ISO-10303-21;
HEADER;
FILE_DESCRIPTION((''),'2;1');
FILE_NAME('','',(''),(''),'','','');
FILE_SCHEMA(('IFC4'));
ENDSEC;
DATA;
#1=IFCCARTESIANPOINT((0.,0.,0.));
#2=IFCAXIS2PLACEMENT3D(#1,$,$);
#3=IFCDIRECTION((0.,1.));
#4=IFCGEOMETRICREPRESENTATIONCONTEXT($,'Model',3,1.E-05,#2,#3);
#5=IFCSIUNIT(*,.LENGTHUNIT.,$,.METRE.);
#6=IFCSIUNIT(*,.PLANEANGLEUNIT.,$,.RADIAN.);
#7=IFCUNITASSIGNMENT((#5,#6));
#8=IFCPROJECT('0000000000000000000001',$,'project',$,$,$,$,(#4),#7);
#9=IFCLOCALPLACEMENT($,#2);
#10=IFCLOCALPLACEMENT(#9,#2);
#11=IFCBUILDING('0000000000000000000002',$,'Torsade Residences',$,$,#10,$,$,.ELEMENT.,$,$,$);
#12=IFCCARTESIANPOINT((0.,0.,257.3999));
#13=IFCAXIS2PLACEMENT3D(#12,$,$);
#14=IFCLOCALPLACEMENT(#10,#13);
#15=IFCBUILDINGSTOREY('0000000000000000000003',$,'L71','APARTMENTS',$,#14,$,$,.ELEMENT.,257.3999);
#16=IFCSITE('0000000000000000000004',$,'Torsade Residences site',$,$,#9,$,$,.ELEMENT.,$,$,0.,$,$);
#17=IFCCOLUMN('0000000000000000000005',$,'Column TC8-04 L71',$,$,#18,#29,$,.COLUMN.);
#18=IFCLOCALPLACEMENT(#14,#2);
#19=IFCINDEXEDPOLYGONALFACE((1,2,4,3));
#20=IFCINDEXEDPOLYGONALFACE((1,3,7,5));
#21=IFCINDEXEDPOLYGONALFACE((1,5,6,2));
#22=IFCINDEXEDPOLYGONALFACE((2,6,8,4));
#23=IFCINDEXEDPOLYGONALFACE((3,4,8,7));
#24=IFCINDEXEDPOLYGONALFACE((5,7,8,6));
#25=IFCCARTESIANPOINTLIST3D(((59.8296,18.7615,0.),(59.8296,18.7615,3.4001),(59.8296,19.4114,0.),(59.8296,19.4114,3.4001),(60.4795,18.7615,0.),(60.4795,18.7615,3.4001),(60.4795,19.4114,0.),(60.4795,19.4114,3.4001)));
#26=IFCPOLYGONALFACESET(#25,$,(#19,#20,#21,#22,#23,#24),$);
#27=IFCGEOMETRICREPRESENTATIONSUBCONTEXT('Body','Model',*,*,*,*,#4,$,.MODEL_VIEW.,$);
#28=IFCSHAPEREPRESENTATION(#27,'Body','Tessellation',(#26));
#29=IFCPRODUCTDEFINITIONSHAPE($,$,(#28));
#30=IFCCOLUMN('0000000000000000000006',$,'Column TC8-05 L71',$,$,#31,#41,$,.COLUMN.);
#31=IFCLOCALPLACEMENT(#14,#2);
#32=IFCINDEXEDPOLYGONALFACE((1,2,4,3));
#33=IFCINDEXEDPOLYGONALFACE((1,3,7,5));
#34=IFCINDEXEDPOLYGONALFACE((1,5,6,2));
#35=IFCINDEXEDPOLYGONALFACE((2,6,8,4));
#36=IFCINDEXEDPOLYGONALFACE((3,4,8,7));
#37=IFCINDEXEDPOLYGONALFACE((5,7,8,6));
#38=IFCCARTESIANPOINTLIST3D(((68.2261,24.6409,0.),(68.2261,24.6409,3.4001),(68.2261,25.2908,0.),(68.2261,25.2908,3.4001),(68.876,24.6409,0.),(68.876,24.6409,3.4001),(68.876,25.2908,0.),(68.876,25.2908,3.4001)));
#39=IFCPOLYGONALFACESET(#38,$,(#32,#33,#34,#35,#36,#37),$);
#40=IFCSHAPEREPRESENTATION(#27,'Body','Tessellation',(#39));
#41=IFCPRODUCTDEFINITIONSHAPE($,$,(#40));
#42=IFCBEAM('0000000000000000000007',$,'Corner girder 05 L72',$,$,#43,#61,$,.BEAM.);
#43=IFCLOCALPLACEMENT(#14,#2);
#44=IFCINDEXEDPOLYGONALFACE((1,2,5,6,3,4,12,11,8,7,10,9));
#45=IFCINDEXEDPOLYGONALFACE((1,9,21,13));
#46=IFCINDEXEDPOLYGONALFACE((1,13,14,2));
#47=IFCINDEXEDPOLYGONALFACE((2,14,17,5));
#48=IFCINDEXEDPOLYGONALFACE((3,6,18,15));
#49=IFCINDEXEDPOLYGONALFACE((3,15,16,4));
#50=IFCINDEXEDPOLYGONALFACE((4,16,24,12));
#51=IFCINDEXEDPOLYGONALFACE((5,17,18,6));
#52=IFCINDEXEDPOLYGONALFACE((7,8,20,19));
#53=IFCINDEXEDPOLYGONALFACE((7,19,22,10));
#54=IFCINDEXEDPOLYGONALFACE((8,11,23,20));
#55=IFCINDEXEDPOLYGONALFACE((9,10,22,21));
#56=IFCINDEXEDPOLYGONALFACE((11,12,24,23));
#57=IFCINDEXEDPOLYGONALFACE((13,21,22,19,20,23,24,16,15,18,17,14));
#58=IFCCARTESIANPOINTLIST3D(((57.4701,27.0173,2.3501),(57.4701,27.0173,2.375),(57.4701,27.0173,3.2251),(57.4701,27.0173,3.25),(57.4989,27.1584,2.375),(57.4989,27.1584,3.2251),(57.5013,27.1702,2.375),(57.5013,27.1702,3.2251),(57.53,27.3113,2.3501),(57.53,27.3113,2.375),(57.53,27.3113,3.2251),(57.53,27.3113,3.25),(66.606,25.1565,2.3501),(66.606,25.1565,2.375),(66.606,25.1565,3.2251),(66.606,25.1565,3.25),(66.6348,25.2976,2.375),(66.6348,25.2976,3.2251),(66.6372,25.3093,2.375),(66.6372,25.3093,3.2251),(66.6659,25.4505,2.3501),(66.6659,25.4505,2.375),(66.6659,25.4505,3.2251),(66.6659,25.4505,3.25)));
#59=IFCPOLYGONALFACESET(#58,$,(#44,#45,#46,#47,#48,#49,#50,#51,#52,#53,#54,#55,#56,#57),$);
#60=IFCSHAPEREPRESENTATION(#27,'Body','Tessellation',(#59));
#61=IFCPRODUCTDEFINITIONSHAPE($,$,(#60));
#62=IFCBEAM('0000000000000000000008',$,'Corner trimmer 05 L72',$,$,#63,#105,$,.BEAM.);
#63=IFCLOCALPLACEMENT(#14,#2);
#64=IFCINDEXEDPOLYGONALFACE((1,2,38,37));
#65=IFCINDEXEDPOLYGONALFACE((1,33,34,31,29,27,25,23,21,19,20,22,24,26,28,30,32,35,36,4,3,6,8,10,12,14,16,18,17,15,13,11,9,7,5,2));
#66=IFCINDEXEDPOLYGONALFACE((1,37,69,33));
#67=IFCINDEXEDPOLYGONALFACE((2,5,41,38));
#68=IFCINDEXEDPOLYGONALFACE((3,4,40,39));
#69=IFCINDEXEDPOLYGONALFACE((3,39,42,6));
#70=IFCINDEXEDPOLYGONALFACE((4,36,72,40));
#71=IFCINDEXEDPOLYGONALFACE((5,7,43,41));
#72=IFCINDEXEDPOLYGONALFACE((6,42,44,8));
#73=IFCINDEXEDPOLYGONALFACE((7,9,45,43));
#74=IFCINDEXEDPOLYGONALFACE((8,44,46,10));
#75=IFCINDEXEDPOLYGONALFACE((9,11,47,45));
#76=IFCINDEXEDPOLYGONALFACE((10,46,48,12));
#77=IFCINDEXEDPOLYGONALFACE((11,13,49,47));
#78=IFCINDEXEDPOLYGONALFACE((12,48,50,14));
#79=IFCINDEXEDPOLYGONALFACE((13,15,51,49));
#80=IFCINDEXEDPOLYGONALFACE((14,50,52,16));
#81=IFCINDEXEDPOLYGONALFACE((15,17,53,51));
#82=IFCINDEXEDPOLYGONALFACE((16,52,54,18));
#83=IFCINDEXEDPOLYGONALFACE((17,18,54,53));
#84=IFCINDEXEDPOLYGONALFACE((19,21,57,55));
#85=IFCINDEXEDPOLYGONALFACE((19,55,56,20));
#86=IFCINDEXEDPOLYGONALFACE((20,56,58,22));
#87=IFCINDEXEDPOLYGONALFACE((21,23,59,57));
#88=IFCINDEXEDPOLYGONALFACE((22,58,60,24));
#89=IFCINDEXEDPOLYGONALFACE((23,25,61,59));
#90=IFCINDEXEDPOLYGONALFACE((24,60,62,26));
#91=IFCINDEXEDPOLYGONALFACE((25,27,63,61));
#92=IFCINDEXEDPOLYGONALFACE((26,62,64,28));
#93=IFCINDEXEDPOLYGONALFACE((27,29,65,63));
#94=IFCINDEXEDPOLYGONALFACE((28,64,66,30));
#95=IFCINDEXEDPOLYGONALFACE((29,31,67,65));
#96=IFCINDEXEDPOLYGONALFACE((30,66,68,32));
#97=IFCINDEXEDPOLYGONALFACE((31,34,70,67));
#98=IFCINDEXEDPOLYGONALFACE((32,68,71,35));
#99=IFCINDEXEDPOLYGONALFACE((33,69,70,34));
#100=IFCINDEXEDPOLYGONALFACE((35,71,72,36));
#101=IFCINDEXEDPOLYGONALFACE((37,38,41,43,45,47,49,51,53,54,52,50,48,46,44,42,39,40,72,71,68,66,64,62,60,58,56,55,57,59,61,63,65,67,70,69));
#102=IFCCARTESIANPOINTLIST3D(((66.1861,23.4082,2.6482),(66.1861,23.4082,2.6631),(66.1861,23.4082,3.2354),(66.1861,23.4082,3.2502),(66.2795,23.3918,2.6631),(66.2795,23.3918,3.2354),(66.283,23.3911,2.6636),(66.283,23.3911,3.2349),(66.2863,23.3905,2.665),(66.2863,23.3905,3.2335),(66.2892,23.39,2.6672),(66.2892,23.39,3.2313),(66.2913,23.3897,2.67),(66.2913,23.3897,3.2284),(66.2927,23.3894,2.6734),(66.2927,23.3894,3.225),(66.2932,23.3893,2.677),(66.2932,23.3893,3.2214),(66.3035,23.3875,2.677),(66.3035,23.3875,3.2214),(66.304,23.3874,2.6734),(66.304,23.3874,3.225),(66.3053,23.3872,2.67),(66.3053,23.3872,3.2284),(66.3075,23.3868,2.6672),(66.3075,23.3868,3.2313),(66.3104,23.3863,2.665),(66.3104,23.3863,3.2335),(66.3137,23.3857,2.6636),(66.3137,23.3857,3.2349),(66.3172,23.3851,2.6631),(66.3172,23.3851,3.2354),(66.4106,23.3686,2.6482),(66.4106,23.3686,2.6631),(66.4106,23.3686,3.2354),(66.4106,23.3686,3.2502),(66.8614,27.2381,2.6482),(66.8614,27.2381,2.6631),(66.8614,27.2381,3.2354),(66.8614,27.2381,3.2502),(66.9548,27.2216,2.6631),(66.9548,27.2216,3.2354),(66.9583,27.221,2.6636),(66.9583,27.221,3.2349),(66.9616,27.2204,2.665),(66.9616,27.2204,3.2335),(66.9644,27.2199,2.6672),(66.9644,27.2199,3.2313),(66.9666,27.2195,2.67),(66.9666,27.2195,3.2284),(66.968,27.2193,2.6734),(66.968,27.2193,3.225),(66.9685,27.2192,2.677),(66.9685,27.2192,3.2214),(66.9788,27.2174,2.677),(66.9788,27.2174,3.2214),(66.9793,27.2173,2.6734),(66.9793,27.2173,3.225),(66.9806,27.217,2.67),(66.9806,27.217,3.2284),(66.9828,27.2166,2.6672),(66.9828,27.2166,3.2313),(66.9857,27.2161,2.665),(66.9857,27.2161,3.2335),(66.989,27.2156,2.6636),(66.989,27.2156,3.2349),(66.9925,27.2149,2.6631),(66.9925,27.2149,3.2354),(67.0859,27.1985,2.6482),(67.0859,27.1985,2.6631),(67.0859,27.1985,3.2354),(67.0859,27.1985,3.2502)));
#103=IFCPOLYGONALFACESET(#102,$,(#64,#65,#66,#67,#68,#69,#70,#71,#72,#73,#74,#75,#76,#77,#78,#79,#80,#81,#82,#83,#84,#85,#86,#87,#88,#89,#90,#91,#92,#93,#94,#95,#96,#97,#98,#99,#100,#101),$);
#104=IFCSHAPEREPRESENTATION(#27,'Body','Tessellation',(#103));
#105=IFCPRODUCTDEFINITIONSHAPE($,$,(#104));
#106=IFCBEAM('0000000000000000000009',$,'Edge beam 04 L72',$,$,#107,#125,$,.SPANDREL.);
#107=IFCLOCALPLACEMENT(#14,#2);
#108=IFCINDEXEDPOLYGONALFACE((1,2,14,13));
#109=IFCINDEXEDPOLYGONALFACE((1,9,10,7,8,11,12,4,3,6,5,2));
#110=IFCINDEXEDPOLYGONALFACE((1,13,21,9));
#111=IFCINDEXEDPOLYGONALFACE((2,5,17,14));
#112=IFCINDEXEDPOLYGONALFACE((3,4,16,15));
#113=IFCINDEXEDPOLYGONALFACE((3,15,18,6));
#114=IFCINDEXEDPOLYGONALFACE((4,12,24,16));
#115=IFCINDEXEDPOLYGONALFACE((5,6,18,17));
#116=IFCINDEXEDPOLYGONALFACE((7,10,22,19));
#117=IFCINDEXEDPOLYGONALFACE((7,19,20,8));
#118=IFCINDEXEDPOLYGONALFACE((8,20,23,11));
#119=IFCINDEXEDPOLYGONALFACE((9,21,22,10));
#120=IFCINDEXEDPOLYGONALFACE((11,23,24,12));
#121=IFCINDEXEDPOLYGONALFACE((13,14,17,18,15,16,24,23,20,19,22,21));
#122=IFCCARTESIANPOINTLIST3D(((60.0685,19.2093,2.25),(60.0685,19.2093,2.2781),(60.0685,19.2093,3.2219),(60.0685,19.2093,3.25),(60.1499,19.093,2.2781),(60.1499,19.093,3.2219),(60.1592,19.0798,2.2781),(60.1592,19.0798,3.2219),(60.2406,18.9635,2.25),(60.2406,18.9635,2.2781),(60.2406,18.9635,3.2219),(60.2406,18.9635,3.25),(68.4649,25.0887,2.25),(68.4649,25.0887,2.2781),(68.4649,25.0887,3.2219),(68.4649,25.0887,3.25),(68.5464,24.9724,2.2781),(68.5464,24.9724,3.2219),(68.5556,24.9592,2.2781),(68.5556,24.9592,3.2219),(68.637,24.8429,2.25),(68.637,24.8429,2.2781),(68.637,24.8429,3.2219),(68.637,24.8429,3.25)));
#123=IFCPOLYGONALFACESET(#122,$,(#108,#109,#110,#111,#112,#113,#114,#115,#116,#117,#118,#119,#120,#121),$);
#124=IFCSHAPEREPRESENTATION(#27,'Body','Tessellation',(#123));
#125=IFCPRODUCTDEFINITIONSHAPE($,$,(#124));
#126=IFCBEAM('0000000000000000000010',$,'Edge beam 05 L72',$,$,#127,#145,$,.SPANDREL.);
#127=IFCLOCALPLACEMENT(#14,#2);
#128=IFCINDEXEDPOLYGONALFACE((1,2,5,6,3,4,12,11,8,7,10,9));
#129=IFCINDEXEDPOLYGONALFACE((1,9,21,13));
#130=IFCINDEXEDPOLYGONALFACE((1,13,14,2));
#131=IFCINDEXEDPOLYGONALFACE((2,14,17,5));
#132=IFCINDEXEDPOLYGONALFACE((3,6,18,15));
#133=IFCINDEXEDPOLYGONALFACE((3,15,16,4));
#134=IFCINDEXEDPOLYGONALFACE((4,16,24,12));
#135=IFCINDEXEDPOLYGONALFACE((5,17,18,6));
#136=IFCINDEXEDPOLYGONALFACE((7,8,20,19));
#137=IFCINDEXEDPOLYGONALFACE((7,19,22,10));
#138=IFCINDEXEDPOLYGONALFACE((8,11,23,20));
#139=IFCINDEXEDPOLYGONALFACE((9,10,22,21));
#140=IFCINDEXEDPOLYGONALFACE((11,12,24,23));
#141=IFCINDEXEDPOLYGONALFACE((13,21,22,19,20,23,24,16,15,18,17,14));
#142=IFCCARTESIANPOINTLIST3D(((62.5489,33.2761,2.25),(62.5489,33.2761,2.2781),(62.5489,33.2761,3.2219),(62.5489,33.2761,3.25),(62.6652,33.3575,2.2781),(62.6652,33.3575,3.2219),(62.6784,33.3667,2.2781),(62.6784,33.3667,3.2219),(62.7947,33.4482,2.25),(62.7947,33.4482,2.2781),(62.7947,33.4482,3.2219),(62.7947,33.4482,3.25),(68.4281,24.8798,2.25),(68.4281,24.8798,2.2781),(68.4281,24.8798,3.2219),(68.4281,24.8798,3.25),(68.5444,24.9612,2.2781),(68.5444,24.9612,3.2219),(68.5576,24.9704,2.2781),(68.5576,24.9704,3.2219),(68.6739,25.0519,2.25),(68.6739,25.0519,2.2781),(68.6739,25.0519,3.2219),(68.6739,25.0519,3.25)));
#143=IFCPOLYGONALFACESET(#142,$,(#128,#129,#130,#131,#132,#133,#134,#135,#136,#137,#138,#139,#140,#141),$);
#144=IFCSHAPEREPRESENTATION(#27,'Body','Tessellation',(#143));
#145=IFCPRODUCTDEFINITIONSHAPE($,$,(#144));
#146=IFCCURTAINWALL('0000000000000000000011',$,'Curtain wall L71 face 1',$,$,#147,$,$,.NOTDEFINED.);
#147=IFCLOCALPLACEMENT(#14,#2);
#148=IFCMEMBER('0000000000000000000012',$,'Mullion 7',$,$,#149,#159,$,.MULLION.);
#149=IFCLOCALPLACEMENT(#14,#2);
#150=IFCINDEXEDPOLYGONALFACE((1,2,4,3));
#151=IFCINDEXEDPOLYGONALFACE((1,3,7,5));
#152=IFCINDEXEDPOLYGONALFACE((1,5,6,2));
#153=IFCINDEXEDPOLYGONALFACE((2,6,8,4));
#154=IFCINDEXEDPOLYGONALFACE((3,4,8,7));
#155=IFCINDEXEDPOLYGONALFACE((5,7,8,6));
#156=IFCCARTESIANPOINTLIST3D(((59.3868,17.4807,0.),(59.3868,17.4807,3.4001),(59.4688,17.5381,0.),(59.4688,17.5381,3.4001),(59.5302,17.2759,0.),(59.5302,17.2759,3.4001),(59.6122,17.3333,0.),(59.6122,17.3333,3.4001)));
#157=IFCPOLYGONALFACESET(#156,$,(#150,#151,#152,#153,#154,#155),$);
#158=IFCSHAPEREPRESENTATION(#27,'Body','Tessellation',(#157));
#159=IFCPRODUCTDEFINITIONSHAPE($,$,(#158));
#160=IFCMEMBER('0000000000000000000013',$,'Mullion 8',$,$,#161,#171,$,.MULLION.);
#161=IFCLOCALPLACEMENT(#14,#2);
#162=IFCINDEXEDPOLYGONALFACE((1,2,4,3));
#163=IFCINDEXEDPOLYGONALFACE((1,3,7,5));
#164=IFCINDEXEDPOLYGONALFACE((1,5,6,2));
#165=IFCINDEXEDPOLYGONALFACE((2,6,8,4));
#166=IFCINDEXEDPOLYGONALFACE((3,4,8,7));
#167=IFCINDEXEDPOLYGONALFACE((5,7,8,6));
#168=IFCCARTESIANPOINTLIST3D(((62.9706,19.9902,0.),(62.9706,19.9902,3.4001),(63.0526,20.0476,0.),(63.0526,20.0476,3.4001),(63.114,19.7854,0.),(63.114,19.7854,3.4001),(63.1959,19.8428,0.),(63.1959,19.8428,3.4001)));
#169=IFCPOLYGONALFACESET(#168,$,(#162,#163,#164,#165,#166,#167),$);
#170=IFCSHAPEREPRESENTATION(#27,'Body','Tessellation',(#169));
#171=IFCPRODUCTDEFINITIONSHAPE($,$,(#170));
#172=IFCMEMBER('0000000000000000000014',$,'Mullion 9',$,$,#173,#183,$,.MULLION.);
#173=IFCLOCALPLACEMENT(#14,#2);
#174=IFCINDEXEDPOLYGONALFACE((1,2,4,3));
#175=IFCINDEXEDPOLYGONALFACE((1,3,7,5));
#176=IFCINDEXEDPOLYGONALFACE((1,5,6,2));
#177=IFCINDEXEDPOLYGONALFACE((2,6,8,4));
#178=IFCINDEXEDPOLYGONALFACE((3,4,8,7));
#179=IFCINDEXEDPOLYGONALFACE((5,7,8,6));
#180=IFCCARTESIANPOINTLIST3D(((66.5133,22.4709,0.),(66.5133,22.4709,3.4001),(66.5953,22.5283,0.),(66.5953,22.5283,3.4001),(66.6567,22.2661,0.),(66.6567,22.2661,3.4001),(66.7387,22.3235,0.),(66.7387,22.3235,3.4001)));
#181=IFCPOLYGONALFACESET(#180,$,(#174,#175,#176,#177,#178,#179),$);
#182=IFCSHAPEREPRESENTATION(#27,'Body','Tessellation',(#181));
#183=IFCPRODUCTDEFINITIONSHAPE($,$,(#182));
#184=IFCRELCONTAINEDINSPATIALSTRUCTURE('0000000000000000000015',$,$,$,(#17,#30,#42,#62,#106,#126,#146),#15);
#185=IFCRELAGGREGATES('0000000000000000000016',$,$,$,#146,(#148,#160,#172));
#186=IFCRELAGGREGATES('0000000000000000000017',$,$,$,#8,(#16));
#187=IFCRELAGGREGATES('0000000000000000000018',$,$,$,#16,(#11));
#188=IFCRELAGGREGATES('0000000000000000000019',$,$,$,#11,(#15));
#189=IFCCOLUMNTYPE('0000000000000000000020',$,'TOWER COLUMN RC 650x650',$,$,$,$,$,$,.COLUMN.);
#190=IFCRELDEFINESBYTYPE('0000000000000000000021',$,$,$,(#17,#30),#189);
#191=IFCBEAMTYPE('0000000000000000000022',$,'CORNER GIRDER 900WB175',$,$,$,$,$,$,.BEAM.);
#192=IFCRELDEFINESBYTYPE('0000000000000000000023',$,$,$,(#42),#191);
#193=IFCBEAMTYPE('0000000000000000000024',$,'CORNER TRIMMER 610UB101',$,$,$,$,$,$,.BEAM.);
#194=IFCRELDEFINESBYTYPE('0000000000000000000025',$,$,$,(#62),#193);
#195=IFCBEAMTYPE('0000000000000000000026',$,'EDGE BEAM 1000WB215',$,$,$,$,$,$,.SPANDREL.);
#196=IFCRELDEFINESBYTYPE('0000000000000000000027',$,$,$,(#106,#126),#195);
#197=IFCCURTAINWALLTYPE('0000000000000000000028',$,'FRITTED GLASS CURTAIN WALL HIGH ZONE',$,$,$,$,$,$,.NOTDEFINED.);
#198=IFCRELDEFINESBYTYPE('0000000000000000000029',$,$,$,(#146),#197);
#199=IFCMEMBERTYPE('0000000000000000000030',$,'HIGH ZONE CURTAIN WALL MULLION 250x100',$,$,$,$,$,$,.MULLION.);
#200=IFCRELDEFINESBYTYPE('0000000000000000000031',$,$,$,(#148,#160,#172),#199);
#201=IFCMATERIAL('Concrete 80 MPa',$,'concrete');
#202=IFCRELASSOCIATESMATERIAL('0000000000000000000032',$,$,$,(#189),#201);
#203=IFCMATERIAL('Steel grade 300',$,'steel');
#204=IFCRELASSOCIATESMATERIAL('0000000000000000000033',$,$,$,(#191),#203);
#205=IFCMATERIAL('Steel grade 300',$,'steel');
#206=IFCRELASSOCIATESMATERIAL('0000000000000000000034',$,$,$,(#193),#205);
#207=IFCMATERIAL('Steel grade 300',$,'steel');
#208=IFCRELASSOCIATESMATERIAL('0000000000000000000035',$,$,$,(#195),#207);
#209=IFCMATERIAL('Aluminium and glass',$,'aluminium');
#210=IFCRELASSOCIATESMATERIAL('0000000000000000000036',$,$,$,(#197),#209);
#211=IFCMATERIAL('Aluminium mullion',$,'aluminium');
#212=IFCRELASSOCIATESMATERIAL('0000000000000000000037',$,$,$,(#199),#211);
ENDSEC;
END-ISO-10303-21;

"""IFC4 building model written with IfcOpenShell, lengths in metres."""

from ifc_helpers import new_model, si_unit, direction, frame, origin, origin_2d, place, context, subcontext, project, spatial, rectangle, i_section, extrude, material, material_profile, profile_set, type_object, element, aggregate, save


model = new_model("IFC4")

# Units and contexts
model_context = context("Model", 3, precision=1e-05, world=origin(), true_north=direction((0.0, 1.0)))
body_context = subcontext(model_context, "Body", "Model", "MODEL_VIEW")
ifc_project = project(units=[si_unit("LENGTHUNIT", "METRE"), si_unit("PLANEANGLEUNIT", "RADIAN")], contexts=[model_context])

# Site, building, storey
site_placement = place(None, origin())
site = spatial("IfcSite", under=ifc_project, at=site_placement, Name="Torsade Residences site", CompositionType="ELEMENT", RefElevation=0.0)
building_placement = place(site_placement, origin())
building = spatial("IfcBuilding", under=site, at=building_placement, Name="Torsade Residences", CompositionType="ELEMENT")
storey_placement = place(building_placement, frame((0.0, 0.0, 257.3999)))
storey = spatial("IfcBuildingStorey", under=building, at=storey_placement, Name="L71", Description="APARTMENTS", CompositionType="ELEMENT", Elevation=257.3999)

# Columns
ifc_material_1 = material(Name="Concrete 80 MPa", Category="concrete")
ifc_material_profile_1 = material_profile(ifc_material_1, rectangle(XDim=0.6499, YDim=0.6499, at=origin_2d()), Name="RC 650x650")
ifc_profile_set_1 = profile_set([ifc_material_profile_1], Name="Concrete 80 MPa")
column_type = type_object("IfcColumnType", Name="TOWER COLUMN RC 650x650", PredefinedType="COLUMN", material=ifc_profile_set_1)
for number, where, z_axis, x_axis, name in (
    (1, (60.1545, 19.0864, 0.0), (0.0, 0.0, 1.0), (1.0, 0.0, 0.0), "Column TC8-04 L71"),
    (2, (68.551, 24.9658, 0.0), (0.0, 0.0, 1.0), (1.0, 0.0, 0.0), "Column TC8-05 L71"),
):
    element("IfcColumn", number, at=place(storey_placement, frame(where, z_axis=z_axis, x_axis=x_axis)), inside=storey, type_object=column_type, Name=name, PredefinedType="COLUMN", context=body_context, shape_type="SweptSolid", body=[
        extrude(rectangle(XDim=0.6499, YDim=0.6499, at=origin_2d()), origin(), (0.0, 0.0, 1.0), 3.4001),
    ])

# Beams
ifc_material_2 = material(Name="Steel grade 300", Category="steel")
ifc_material_profile_2 = material_profile(ifc_material_2, i_section(OverallWidth=0.3, OverallDepth=0.8999, WebThickness=0.012, FlangeThickness=0.0249, at=origin_2d()), Name="900WB175")
ifc_profile_set_2 = profile_set([ifc_material_profile_2], Name="Steel grade 300")
beam_type_1 = type_object("IfcBeamType", Name="CORNER GIRDER 900WB175", PredefinedType="BEAM", material=ifc_profile_set_2)
beam_1_placement = place(storey_placement, frame((66.636, 25.3035, 2.8), z_axis=(-0.979881, 0.199584, 0.0), x_axis=(-0.199584, -0.979881, 0.0)))
element("IfcBeam", 3, at=beam_1_placement, inside=storey, type_object=beam_type_1, Name="Corner girder 05 L72", PredefinedType="BEAM", context=body_context, shape_type="SweptSolid", body=[
    extrude(i_section(OverallWidth=0.3, OverallDepth=0.8999, WebThickness=0.012, FlangeThickness=0.0249, at=origin_2d()), origin(), (0.0, 0.0, 1.0), 9.3235),
])
ifc_material_3 = material(Name="Steel grade 300", Category="steel")
ifc_material_profile_3 = material_profile(ifc_material_3, i_section(OverallWidth=0.228, OverallDepth=0.6021, WebThickness=0.0105, FlangeThickness=0.0149, FilletRadius=0.0139, at=origin_2d()), Name="610UB101")
ifc_profile_set_3 = profile_set([ifc_material_profile_3], Name="Steel grade 300")
beam_type_2 = type_object("IfcBeamType", Name="CORNER TRIMMER 610UB101", PredefinedType="BEAM", material=ifc_profile_set_3)
beam_2_placement = place(storey_placement, frame((66.9736, 27.2183, 2.9492), z_axis=(-0.173646, -0.984808, 0.0), x_axis=(0.984808, -0.173646, 0.0)))
element("IfcBeam", 4, at=beam_2_placement, inside=storey, type_object=beam_type_2, Name="Corner trimmer 05 L72", PredefinedType="BEAM", context=body_context, shape_type="SweptSolid", body=[
    extrude(i_section(OverallWidth=0.228, OverallDepth=0.6021, WebThickness=0.0105, FlangeThickness=0.0149, FilletRadius=0.0139, at=origin_2d()), origin(), (0.0, 0.0, 1.0), 3.8889),
])
ifc_material_4 = material(Name="Steel grade 300", Category="steel")
ifc_material_profile_4 = material_profile(ifc_material_4, i_section(OverallWidth=0.3, OverallDepth=1.0, WebThickness=0.0161, FlangeThickness=0.0281, at=origin_2d()), Name="1000WB215")
ifc_profile_set_4 = profile_set([ifc_material_profile_4], Name="Steel grade 300")
beam_type_3 = type_object("IfcBeamType", Name="EDGE BEAM 1000WB215", PredefinedType="SPANDREL", material=ifc_profile_set_4)
beam_3_placement = place(storey_placement, frame((60.1545, 19.0864, 2.75), z_axis=(0.819147, 0.573584, 0.0), x_axis=(-0.573584, 0.819147, 0.0)))
element("IfcBeam", 5, at=beam_3_placement, inside=storey, type_object=beam_type_3, Name="Edge beam 04 L72", PredefinedType="SPANDREL", context=body_context, shape_type="SweptSolid", body=[
    extrude(i_section(OverallWidth=0.3, OverallDepth=1.0, WebThickness=0.0161, FlangeThickness=0.0281, at=origin_2d()), origin(), (0.0, 0.0, 1.0), 10.2502),
])
beam_4_placement = place(storey_placement, frame((68.551, 24.9658, 2.75), z_axis=(-0.573579, 0.81915, 0.0), x_axis=(-0.81915, -0.573579, 0.0)))
element("IfcBeam", 6, at=beam_4_placement, inside=storey, type_object=beam_type_3, Name="Edge beam 05 L72", PredefinedType="SPANDREL", context=body_context, shape_type="SweptSolid", body=[
    extrude(i_section(OverallWidth=0.3, OverallDepth=1.0, WebThickness=0.0161, FlangeThickness=0.0281, at=origin_2d()), origin(), (0.0, 0.0, 1.0), 10.25),
])

# Curtain wall, members
ifc_material_5 = material(Name="Aluminium and glass", Category="aluminium")
curtain_wall_type = type_object("IfcCurtainWallType", Name="FRITTED GLASS CURTAIN WALL HIGH ZONE", PredefinedType="NOTDEFINED", material=ifc_material_5)
curtain_wall_1_placement = place(storey_placement, origin())
curtain_wall_1 = element("IfcCurtainWall", 7, at=curtain_wall_1_placement, inside=storey, type_object=curtain_wall_type, Name="Curtain wall L71 face 1", PredefinedType="NOTDEFINED")
ifc_material_6 = material(Name="Aluminium mullion", Category="aluminium")
ifc_material_profile_5 = material_profile(ifc_material_6, rectangle(XDim=0.25, YDim=0.1001, at=origin_2d()), Name="HIGH ZONE CURTAIN WALL MULLION 250x100")
ifc_profile_set_5 = profile_set([ifc_material_profile_5], Name="Aluminium mullion")
member_type_1 = type_object("IfcMemberType", Name="HIGH ZONE CURTAIN WALL MULLION 250x100", PredefinedType="MULLION", material=ifc_profile_set_5)
member_1_placement = place(storey_placement, frame((59.4995, 17.407, 0.0), z_axis=(0.0, 0.0, 1.0), x_axis=(-0.573576, 0.819152, 0.0)))
member_1 = element("IfcMember", 8, at=member_1_placement, type_object=member_type_1, Name="Mullion 7", PredefinedType="MULLION", context=body_context, shape_type="SweptSolid", body=[
    extrude(rectangle(XDim=0.25, YDim=0.1001, at=origin_2d()), origin(), (0.0, 0.0, 1.0), 3.4001),
])
member_2_placement = place(storey_placement, frame((63.0833, 19.9165, 0.0), z_axis=(0.0, 0.0, 1.0), x_axis=(-0.573576, 0.819152, 0.0)))
member_2 = element("IfcMember", 9, at=member_2_placement, type_object=member_type_1, Name="Mullion 8", PredefinedType="MULLION", context=body_context, shape_type="SweptSolid", body=[
    extrude(rectangle(XDim=0.25, YDim=0.1001, at=origin_2d()), origin(), (0.0, 0.0, 1.0), 3.4001),
])
member_3_placement = place(storey_placement, frame((66.626, 22.3972, 0.0), z_axis=(0.0, 0.0, 1.0), x_axis=(-0.573576, 0.819152, 0.0)))
member_3 = element("IfcMember", 10, at=member_3_placement, type_object=member_type_1, Name="Mullion 9", PredefinedType="MULLION", context=body_context, shape_type="SweptSolid", body=[
    extrude(rectangle(XDim=0.25, YDim=0.1001, at=origin_2d()), origin(), (0.0, 0.0, 1.0), 3.4001),
])

aggregate(curtain_wall_1, [member_1, member_2, member_3])

save(model, "model.ifc")
